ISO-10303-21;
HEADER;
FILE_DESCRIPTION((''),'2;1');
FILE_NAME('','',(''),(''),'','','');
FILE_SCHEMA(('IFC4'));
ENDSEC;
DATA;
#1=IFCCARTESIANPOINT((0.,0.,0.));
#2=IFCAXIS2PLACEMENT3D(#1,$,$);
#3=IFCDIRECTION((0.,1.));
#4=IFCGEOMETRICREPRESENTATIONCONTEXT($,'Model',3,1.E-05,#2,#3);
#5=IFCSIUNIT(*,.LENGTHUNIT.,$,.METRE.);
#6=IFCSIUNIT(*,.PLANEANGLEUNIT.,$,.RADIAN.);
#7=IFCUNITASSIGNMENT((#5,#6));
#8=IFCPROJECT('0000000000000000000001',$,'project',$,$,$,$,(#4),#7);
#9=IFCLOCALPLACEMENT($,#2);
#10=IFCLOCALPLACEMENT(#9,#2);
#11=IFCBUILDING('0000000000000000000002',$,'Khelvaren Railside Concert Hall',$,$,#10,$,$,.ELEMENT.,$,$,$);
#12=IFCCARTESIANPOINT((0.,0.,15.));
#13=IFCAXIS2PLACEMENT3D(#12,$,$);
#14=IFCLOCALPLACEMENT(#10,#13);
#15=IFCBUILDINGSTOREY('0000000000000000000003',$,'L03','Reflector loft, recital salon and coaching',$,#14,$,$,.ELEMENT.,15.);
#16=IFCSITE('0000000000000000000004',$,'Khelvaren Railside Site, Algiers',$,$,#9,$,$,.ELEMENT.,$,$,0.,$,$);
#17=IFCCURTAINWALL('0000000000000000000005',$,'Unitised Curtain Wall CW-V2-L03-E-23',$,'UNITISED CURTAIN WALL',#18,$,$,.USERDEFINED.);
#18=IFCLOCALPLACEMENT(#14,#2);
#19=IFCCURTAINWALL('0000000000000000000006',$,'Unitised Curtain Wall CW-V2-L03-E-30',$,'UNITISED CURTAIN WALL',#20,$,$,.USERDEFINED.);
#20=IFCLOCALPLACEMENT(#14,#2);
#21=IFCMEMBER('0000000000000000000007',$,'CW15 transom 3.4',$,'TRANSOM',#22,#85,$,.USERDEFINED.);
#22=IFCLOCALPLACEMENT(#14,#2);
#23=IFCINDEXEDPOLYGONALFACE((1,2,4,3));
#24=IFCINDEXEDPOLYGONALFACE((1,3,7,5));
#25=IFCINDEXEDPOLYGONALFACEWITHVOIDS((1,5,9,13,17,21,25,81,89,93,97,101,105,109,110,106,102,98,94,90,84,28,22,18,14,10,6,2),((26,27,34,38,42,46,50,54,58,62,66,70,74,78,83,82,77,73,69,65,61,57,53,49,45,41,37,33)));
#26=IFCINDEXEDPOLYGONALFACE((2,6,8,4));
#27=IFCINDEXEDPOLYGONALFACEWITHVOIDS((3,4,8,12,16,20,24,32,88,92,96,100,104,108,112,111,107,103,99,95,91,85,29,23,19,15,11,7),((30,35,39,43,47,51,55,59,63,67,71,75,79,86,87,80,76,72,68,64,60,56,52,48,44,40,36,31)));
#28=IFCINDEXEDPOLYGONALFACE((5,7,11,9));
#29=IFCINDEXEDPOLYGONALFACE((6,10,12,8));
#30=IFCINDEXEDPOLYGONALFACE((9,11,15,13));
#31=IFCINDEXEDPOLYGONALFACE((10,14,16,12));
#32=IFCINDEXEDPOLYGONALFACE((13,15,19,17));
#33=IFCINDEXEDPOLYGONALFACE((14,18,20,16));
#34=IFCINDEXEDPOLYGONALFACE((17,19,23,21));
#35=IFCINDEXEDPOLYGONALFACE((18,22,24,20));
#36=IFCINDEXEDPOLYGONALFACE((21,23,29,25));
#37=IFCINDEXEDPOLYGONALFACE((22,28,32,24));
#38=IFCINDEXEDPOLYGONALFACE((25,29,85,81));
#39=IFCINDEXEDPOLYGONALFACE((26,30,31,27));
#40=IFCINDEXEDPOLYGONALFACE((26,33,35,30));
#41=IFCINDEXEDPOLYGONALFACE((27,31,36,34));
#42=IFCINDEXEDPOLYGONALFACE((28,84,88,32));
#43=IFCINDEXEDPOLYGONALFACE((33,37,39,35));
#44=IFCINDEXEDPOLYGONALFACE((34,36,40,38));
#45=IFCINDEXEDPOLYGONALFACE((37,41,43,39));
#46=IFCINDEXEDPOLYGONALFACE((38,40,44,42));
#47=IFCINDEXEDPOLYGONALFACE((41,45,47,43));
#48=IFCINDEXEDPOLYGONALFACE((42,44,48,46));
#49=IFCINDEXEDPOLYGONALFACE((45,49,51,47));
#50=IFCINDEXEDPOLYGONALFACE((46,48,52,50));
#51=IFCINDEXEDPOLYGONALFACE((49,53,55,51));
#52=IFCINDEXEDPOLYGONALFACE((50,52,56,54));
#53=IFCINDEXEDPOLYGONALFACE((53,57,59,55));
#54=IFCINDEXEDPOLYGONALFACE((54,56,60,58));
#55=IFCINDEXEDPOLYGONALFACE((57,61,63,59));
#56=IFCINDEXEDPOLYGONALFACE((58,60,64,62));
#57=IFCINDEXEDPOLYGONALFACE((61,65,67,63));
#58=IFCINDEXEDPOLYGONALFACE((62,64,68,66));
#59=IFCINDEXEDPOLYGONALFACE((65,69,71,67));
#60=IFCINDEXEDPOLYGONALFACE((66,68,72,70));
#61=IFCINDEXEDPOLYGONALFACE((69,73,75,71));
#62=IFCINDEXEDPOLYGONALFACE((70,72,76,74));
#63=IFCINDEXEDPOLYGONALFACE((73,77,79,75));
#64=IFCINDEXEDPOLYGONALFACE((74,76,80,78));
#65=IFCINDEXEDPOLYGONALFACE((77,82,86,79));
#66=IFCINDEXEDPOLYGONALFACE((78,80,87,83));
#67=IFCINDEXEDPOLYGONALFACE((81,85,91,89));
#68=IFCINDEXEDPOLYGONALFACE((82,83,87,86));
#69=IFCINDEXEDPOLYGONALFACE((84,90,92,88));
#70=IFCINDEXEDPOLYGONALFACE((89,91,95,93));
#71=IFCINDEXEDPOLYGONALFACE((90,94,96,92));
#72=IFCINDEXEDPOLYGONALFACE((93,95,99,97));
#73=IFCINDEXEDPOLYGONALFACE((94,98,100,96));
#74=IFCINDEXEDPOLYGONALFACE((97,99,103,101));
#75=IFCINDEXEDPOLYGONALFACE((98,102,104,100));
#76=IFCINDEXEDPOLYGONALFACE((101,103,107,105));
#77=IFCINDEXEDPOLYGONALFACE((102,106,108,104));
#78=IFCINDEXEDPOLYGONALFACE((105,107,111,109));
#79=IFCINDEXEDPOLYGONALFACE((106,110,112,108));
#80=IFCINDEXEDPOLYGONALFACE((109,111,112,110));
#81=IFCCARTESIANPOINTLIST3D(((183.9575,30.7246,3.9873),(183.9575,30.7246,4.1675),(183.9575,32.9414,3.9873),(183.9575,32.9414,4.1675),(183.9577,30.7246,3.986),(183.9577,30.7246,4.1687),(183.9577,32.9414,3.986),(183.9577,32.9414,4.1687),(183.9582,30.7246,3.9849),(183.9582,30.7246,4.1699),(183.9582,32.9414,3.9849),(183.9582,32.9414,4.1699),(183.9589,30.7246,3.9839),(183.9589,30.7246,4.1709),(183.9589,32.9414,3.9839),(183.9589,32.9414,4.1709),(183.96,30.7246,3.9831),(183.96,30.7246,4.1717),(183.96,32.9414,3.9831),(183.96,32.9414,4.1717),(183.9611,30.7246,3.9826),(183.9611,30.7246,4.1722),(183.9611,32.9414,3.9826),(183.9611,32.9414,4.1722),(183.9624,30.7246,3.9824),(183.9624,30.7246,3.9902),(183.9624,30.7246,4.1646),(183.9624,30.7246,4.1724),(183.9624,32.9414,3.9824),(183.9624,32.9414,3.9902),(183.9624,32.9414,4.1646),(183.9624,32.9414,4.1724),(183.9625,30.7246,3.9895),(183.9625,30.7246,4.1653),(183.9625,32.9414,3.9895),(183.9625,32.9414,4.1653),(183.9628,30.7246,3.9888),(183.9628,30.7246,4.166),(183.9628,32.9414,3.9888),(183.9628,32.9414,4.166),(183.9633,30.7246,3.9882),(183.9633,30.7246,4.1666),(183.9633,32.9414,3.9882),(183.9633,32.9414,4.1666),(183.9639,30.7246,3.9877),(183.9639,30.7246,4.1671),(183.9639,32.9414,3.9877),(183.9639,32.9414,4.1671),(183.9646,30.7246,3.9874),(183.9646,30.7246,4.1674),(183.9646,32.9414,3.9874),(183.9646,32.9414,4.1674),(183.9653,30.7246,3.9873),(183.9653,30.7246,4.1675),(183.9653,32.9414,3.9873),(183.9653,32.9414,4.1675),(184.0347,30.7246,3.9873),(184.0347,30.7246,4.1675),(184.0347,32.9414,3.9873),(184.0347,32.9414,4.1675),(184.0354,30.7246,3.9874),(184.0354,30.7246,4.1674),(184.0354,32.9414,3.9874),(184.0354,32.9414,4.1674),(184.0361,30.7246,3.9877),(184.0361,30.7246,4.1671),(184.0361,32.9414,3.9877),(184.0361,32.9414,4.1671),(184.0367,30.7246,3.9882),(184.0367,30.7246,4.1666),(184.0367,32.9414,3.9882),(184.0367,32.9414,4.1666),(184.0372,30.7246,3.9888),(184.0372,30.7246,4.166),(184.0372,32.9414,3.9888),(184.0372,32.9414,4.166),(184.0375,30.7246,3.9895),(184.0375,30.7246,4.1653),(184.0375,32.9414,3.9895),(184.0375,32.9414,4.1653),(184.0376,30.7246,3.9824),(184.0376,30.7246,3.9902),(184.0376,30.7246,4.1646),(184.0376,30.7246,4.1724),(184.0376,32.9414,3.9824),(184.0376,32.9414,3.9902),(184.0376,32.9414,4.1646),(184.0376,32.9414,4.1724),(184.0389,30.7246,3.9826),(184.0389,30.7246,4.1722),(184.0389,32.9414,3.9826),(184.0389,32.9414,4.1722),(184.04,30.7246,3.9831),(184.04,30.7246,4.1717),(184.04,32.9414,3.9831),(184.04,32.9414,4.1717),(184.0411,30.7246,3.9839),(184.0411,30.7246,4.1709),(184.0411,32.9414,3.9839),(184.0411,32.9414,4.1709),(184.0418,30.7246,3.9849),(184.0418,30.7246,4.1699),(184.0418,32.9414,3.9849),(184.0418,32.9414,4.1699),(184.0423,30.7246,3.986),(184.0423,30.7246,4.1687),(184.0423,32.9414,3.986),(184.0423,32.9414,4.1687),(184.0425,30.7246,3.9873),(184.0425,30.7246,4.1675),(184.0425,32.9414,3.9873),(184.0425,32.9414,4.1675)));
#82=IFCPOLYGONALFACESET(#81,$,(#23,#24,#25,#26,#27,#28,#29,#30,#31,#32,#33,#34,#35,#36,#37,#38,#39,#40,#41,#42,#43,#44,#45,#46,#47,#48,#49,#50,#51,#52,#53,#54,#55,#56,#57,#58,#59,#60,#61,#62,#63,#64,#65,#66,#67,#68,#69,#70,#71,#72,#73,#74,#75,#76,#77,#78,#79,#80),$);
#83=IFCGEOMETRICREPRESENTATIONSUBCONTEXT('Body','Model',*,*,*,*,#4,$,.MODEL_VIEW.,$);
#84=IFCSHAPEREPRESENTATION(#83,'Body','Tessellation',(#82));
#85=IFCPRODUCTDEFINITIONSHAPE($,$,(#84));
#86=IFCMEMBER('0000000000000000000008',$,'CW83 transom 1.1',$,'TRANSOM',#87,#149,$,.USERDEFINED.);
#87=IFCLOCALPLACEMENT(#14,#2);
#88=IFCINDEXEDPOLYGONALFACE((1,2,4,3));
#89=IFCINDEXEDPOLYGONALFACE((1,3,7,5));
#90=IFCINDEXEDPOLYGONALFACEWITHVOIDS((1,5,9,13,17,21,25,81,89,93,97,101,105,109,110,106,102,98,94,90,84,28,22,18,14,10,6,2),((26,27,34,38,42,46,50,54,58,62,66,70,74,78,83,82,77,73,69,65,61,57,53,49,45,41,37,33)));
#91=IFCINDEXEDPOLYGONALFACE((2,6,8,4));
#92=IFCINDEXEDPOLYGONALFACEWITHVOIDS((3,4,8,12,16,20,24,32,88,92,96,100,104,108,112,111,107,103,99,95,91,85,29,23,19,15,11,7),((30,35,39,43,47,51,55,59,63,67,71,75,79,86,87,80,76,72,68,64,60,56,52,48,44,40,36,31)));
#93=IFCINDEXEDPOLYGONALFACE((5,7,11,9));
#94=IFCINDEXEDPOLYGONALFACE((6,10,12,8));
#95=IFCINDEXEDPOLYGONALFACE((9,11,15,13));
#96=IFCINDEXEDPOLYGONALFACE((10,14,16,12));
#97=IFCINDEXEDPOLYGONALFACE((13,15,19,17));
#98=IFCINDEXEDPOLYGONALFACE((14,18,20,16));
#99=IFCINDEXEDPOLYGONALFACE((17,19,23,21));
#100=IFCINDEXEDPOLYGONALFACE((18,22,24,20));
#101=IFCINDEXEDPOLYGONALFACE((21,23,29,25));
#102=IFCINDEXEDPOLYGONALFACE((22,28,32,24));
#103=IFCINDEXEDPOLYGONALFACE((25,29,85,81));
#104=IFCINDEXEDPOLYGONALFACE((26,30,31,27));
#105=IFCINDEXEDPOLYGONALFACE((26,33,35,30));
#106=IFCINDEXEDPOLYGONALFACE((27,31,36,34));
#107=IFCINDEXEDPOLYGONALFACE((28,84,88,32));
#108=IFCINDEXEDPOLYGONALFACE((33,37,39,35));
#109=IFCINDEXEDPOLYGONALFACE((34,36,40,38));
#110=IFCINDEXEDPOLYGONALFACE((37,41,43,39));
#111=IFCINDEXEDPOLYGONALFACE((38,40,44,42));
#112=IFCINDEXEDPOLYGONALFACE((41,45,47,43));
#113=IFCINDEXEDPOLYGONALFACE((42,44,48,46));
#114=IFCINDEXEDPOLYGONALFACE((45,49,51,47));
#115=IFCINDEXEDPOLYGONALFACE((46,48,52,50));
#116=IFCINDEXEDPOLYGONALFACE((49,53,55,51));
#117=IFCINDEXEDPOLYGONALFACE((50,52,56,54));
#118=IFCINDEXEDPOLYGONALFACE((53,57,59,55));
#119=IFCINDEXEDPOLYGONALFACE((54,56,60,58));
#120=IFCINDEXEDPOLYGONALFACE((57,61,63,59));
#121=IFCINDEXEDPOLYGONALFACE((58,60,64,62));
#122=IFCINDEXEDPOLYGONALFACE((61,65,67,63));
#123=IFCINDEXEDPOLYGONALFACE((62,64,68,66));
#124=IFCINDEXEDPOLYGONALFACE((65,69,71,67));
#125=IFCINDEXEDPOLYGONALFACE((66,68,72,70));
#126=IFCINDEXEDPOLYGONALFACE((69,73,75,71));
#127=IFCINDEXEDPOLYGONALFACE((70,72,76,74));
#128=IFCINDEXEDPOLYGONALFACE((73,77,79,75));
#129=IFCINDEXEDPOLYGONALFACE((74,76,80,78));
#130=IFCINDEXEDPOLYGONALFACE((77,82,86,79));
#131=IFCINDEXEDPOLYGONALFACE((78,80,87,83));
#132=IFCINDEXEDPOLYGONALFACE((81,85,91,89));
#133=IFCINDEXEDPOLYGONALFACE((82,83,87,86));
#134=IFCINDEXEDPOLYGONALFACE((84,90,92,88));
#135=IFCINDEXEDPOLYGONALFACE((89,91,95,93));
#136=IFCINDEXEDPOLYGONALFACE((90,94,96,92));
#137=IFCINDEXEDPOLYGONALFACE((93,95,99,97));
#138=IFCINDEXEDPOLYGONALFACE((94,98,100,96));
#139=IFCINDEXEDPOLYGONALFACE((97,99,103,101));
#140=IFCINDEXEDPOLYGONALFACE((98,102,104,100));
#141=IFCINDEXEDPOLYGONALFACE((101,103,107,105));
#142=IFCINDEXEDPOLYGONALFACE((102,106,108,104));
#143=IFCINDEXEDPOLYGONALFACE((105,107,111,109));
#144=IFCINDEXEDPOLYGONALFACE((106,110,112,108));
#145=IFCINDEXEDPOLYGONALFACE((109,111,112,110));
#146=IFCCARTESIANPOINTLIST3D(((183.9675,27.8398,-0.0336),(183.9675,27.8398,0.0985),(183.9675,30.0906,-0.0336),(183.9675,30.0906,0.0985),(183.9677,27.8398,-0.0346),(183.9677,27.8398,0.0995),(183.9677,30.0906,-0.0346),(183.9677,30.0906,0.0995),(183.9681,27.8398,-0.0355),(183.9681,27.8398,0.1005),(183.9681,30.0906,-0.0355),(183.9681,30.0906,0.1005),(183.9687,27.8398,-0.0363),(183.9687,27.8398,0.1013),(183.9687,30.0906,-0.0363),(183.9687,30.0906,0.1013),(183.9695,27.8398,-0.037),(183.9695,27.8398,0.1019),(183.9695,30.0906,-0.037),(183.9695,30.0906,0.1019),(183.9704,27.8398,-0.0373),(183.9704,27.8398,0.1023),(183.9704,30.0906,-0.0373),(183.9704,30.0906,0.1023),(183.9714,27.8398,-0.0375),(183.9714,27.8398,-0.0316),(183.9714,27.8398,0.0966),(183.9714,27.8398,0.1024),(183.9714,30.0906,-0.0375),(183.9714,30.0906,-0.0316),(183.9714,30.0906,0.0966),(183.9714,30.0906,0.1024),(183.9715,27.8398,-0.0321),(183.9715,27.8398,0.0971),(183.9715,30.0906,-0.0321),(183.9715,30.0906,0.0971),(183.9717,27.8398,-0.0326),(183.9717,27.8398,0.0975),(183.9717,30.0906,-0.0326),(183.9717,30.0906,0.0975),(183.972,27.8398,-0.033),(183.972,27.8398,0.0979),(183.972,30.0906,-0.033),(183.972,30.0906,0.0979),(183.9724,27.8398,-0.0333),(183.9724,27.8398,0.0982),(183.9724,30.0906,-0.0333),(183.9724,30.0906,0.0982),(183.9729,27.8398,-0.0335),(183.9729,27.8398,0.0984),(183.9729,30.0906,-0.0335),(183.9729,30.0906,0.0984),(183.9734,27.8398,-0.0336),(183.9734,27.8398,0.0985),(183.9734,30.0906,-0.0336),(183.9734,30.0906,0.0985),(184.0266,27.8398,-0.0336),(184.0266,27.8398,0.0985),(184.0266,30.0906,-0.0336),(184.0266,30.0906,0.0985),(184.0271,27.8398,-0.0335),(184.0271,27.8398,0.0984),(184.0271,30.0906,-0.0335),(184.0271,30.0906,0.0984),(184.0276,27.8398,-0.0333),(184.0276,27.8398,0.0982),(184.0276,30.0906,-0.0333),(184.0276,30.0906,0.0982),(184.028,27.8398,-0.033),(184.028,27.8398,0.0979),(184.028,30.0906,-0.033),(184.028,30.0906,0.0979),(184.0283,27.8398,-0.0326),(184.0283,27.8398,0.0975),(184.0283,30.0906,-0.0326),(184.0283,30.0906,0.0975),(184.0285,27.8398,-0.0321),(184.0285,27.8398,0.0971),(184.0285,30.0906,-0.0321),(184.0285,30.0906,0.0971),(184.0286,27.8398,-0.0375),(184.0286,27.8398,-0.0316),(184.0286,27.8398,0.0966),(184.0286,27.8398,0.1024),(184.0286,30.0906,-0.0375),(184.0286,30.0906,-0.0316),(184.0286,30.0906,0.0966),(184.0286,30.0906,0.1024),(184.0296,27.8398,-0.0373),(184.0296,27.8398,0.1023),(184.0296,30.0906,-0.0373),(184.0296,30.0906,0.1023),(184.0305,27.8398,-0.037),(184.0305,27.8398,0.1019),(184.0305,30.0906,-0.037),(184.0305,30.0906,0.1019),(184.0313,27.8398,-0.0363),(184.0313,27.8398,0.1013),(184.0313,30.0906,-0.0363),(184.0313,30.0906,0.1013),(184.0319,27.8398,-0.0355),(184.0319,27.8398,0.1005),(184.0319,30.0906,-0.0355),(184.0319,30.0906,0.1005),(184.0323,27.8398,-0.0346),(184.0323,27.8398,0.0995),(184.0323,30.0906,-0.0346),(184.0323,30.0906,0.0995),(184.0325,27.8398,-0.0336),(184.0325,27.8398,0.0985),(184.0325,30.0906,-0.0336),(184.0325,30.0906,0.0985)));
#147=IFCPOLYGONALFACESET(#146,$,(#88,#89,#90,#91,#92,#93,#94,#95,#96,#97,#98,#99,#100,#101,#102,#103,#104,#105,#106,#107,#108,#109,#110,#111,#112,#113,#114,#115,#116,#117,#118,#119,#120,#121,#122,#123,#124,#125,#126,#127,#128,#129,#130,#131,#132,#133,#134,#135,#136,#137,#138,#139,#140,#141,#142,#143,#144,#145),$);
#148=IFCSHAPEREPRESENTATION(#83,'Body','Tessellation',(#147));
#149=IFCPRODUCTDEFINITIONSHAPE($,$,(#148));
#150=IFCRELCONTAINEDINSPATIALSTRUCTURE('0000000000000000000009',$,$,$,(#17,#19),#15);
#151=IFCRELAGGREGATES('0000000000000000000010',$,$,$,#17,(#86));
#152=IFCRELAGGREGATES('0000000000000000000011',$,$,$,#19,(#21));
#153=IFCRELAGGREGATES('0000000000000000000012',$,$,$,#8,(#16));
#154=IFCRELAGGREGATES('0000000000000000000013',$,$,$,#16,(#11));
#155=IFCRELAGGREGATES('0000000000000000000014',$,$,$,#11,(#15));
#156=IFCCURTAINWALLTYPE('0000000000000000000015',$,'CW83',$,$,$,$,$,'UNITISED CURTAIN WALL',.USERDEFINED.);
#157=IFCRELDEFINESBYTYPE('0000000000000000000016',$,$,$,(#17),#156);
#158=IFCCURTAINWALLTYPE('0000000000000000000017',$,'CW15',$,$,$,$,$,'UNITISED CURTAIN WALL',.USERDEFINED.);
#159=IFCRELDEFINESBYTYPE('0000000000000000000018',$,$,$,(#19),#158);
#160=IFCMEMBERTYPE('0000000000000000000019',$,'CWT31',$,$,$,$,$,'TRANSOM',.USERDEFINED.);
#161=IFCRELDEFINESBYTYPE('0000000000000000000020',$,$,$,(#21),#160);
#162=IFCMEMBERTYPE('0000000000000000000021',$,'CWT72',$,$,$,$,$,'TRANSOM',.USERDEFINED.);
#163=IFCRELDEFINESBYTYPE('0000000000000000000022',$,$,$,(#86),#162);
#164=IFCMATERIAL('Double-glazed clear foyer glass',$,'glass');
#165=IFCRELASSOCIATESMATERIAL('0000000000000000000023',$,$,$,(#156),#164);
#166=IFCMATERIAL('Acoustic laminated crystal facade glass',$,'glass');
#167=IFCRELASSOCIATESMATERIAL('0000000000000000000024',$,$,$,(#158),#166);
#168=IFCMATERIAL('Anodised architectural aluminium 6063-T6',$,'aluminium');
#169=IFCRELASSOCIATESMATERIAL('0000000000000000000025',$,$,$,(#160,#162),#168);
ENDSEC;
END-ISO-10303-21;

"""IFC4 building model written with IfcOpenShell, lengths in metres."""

from ifc_helpers import new_model, si_unit, direction, frame, origin, origin_2d, place, context, subcontext, project, spatial, hollow_rectangle, extrude, material, material_profile, profile_set, type_object, element, aggregate, save


model = new_model("IFC4")

# Units and contexts
model_context = context("Model", 3, precision=1e-05, world=origin(), true_north=direction((0.0, 1.0)))
body_context = subcontext(model_context, "Body", "Model", "MODEL_VIEW")
ifc_project = project(units=[si_unit("LENGTHUNIT", "METRE"), si_unit("PLANEANGLEUNIT", "RADIAN")], contexts=[model_context])

# Site, building, storey
site_placement = place(None, origin())
site = spatial("IfcSite", under=ifc_project, at=site_placement, Name="Khelvaren Railside Site, Algiers", CompositionType="ELEMENT", RefElevation=0.0)
building_placement = place(site_placement, origin())
building = spatial("IfcBuilding", under=site, at=building_placement, Name="Khelvaren Railside Concert Hall", CompositionType="ELEMENT")
storey_placement = place(building_placement, frame((0.0, 0.0, 15.0)))
storey = spatial("IfcBuildingStorey", under=building, at=storey_placement, Name="L03", Description="Reflector loft, recital salon and coaching", CompositionType="ELEMENT", Elevation=15.0)

# Curtain wall
ifc_material_1 = material(Name="Double-glazed clear foyer glass", Category="glass")
curtain_wall_type_1 = type_object("IfcCurtainWallType", Name="CW83", ElementType="UNITISED CURTAIN WALL", PredefinedType="USERDEFINED", material=ifc_material_1)
curtain_wall_1_placement = place(storey_placement, origin())
curtain_wall_1 = element("IfcCurtainWall", 1, at=curtain_wall_1_placement, inside=storey, type_object=curtain_wall_type_1, Name="Unitised Curtain Wall CW-V2-L03-E-23", ObjectType="UNITISED CURTAIN WALL", PredefinedType="USERDEFINED")
ifc_material_2 = material(Name="Anodised architectural aluminium 6063-T6", Category="aluminium")

# Curtain wall, member
ifc_material_3 = material(Name="Acoustic laminated crystal facade glass", Category="glass")
curtain_wall_type_2 = type_object("IfcCurtainWallType", Name="CW15", ElementType="UNITISED CURTAIN WALL", PredefinedType="USERDEFINED", material=ifc_material_3)
curtain_wall_2_placement = place(storey_placement, origin())
curtain_wall_2 = element("IfcCurtainWall", 2, at=curtain_wall_2_placement, inside=storey, type_object=curtain_wall_type_2, Name="Unitised Curtain Wall CW-V2-L03-E-30", ObjectType="UNITISED CURTAIN WALL", PredefinedType="USERDEFINED")
ifc_material_profile_1 = material_profile(ifc_material_2, hollow_rectangle(XDim=0.085, YDim=0.1899, WallThickness=0.0049, InnerFilletRadius=0.0029, OuterFilletRadius=0.0049, at=origin_2d()), Name="CWT 85x190x5")
ifc_profile_set_1 = profile_set([ifc_material_profile_1], Name="Anodised architectural aluminium 6063-T6")
member_type_1 = type_object("IfcMemberType", Name="CWT31", ElementType="TRANSOM", PredefinedType="USERDEFINED", material=ifc_profile_set_1)
member_1_placement = place(storey_placement, frame((184.0, 32.9414, 4.0774), z_axis=(0.0, -1.0, 0.0), x_axis=(1.0, 0.0, 0.0)))
member_1 = element("IfcMember", 3, at=member_1_placement, type_object=member_type_1, Name="CW15 transom 3.4", ObjectType="TRANSOM", PredefinedType="USERDEFINED", context=body_context, shape_type="SweptSolid", body=[
    extrude(hollow_rectangle(XDim=0.085, YDim=0.1899, WallThickness=0.0049, InnerFilletRadius=0.0029, OuterFilletRadius=0.0049, at=origin_2d()), origin(), (0.0, 0.0, 1.0), 2.2168),
])

# Member
ifc_material_profile_2 = material_profile(ifc_material_2, hollow_rectangle(XDim=0.0649, YDim=0.1399, WallThickness=0.0039, InnerFilletRadius=0.002, OuterFilletRadius=0.0039, at=origin_2d()), Name="CWT 65x140x4")
ifc_profile_set_2 = profile_set([ifc_material_profile_2], Name="Anodised architectural aluminium 6063-T6")
member_type_2 = type_object("IfcMemberType", Name="CWT72", ElementType="TRANSOM", PredefinedType="USERDEFINED", material=ifc_profile_set_2)
member_2_placement = place(storey_placement, frame((184.0, 30.0906, 0.0325), z_axis=(0.0, -1.0, 0.0), x_axis=(1.0, 0.0, 0.0)))
member_2 = element("IfcMember", 4, at=member_2_placement, type_object=member_type_2, Name="CW83 transom 1.1", ObjectType="TRANSOM", PredefinedType="USERDEFINED", context=body_context, shape_type="SweptSolid", body=[
    extrude(hollow_rectangle(XDim=0.0649, YDim=0.1399, WallThickness=0.0039, InnerFilletRadius=0.002, OuterFilletRadius=0.0039, at=origin_2d()), origin(), (0.0, 0.0, 1.0), 2.2507),
])
aggregate(curtain_wall_1, [member_2])

aggregate(curtain_wall_2, [member_1])

save(model, "model.ifc")
